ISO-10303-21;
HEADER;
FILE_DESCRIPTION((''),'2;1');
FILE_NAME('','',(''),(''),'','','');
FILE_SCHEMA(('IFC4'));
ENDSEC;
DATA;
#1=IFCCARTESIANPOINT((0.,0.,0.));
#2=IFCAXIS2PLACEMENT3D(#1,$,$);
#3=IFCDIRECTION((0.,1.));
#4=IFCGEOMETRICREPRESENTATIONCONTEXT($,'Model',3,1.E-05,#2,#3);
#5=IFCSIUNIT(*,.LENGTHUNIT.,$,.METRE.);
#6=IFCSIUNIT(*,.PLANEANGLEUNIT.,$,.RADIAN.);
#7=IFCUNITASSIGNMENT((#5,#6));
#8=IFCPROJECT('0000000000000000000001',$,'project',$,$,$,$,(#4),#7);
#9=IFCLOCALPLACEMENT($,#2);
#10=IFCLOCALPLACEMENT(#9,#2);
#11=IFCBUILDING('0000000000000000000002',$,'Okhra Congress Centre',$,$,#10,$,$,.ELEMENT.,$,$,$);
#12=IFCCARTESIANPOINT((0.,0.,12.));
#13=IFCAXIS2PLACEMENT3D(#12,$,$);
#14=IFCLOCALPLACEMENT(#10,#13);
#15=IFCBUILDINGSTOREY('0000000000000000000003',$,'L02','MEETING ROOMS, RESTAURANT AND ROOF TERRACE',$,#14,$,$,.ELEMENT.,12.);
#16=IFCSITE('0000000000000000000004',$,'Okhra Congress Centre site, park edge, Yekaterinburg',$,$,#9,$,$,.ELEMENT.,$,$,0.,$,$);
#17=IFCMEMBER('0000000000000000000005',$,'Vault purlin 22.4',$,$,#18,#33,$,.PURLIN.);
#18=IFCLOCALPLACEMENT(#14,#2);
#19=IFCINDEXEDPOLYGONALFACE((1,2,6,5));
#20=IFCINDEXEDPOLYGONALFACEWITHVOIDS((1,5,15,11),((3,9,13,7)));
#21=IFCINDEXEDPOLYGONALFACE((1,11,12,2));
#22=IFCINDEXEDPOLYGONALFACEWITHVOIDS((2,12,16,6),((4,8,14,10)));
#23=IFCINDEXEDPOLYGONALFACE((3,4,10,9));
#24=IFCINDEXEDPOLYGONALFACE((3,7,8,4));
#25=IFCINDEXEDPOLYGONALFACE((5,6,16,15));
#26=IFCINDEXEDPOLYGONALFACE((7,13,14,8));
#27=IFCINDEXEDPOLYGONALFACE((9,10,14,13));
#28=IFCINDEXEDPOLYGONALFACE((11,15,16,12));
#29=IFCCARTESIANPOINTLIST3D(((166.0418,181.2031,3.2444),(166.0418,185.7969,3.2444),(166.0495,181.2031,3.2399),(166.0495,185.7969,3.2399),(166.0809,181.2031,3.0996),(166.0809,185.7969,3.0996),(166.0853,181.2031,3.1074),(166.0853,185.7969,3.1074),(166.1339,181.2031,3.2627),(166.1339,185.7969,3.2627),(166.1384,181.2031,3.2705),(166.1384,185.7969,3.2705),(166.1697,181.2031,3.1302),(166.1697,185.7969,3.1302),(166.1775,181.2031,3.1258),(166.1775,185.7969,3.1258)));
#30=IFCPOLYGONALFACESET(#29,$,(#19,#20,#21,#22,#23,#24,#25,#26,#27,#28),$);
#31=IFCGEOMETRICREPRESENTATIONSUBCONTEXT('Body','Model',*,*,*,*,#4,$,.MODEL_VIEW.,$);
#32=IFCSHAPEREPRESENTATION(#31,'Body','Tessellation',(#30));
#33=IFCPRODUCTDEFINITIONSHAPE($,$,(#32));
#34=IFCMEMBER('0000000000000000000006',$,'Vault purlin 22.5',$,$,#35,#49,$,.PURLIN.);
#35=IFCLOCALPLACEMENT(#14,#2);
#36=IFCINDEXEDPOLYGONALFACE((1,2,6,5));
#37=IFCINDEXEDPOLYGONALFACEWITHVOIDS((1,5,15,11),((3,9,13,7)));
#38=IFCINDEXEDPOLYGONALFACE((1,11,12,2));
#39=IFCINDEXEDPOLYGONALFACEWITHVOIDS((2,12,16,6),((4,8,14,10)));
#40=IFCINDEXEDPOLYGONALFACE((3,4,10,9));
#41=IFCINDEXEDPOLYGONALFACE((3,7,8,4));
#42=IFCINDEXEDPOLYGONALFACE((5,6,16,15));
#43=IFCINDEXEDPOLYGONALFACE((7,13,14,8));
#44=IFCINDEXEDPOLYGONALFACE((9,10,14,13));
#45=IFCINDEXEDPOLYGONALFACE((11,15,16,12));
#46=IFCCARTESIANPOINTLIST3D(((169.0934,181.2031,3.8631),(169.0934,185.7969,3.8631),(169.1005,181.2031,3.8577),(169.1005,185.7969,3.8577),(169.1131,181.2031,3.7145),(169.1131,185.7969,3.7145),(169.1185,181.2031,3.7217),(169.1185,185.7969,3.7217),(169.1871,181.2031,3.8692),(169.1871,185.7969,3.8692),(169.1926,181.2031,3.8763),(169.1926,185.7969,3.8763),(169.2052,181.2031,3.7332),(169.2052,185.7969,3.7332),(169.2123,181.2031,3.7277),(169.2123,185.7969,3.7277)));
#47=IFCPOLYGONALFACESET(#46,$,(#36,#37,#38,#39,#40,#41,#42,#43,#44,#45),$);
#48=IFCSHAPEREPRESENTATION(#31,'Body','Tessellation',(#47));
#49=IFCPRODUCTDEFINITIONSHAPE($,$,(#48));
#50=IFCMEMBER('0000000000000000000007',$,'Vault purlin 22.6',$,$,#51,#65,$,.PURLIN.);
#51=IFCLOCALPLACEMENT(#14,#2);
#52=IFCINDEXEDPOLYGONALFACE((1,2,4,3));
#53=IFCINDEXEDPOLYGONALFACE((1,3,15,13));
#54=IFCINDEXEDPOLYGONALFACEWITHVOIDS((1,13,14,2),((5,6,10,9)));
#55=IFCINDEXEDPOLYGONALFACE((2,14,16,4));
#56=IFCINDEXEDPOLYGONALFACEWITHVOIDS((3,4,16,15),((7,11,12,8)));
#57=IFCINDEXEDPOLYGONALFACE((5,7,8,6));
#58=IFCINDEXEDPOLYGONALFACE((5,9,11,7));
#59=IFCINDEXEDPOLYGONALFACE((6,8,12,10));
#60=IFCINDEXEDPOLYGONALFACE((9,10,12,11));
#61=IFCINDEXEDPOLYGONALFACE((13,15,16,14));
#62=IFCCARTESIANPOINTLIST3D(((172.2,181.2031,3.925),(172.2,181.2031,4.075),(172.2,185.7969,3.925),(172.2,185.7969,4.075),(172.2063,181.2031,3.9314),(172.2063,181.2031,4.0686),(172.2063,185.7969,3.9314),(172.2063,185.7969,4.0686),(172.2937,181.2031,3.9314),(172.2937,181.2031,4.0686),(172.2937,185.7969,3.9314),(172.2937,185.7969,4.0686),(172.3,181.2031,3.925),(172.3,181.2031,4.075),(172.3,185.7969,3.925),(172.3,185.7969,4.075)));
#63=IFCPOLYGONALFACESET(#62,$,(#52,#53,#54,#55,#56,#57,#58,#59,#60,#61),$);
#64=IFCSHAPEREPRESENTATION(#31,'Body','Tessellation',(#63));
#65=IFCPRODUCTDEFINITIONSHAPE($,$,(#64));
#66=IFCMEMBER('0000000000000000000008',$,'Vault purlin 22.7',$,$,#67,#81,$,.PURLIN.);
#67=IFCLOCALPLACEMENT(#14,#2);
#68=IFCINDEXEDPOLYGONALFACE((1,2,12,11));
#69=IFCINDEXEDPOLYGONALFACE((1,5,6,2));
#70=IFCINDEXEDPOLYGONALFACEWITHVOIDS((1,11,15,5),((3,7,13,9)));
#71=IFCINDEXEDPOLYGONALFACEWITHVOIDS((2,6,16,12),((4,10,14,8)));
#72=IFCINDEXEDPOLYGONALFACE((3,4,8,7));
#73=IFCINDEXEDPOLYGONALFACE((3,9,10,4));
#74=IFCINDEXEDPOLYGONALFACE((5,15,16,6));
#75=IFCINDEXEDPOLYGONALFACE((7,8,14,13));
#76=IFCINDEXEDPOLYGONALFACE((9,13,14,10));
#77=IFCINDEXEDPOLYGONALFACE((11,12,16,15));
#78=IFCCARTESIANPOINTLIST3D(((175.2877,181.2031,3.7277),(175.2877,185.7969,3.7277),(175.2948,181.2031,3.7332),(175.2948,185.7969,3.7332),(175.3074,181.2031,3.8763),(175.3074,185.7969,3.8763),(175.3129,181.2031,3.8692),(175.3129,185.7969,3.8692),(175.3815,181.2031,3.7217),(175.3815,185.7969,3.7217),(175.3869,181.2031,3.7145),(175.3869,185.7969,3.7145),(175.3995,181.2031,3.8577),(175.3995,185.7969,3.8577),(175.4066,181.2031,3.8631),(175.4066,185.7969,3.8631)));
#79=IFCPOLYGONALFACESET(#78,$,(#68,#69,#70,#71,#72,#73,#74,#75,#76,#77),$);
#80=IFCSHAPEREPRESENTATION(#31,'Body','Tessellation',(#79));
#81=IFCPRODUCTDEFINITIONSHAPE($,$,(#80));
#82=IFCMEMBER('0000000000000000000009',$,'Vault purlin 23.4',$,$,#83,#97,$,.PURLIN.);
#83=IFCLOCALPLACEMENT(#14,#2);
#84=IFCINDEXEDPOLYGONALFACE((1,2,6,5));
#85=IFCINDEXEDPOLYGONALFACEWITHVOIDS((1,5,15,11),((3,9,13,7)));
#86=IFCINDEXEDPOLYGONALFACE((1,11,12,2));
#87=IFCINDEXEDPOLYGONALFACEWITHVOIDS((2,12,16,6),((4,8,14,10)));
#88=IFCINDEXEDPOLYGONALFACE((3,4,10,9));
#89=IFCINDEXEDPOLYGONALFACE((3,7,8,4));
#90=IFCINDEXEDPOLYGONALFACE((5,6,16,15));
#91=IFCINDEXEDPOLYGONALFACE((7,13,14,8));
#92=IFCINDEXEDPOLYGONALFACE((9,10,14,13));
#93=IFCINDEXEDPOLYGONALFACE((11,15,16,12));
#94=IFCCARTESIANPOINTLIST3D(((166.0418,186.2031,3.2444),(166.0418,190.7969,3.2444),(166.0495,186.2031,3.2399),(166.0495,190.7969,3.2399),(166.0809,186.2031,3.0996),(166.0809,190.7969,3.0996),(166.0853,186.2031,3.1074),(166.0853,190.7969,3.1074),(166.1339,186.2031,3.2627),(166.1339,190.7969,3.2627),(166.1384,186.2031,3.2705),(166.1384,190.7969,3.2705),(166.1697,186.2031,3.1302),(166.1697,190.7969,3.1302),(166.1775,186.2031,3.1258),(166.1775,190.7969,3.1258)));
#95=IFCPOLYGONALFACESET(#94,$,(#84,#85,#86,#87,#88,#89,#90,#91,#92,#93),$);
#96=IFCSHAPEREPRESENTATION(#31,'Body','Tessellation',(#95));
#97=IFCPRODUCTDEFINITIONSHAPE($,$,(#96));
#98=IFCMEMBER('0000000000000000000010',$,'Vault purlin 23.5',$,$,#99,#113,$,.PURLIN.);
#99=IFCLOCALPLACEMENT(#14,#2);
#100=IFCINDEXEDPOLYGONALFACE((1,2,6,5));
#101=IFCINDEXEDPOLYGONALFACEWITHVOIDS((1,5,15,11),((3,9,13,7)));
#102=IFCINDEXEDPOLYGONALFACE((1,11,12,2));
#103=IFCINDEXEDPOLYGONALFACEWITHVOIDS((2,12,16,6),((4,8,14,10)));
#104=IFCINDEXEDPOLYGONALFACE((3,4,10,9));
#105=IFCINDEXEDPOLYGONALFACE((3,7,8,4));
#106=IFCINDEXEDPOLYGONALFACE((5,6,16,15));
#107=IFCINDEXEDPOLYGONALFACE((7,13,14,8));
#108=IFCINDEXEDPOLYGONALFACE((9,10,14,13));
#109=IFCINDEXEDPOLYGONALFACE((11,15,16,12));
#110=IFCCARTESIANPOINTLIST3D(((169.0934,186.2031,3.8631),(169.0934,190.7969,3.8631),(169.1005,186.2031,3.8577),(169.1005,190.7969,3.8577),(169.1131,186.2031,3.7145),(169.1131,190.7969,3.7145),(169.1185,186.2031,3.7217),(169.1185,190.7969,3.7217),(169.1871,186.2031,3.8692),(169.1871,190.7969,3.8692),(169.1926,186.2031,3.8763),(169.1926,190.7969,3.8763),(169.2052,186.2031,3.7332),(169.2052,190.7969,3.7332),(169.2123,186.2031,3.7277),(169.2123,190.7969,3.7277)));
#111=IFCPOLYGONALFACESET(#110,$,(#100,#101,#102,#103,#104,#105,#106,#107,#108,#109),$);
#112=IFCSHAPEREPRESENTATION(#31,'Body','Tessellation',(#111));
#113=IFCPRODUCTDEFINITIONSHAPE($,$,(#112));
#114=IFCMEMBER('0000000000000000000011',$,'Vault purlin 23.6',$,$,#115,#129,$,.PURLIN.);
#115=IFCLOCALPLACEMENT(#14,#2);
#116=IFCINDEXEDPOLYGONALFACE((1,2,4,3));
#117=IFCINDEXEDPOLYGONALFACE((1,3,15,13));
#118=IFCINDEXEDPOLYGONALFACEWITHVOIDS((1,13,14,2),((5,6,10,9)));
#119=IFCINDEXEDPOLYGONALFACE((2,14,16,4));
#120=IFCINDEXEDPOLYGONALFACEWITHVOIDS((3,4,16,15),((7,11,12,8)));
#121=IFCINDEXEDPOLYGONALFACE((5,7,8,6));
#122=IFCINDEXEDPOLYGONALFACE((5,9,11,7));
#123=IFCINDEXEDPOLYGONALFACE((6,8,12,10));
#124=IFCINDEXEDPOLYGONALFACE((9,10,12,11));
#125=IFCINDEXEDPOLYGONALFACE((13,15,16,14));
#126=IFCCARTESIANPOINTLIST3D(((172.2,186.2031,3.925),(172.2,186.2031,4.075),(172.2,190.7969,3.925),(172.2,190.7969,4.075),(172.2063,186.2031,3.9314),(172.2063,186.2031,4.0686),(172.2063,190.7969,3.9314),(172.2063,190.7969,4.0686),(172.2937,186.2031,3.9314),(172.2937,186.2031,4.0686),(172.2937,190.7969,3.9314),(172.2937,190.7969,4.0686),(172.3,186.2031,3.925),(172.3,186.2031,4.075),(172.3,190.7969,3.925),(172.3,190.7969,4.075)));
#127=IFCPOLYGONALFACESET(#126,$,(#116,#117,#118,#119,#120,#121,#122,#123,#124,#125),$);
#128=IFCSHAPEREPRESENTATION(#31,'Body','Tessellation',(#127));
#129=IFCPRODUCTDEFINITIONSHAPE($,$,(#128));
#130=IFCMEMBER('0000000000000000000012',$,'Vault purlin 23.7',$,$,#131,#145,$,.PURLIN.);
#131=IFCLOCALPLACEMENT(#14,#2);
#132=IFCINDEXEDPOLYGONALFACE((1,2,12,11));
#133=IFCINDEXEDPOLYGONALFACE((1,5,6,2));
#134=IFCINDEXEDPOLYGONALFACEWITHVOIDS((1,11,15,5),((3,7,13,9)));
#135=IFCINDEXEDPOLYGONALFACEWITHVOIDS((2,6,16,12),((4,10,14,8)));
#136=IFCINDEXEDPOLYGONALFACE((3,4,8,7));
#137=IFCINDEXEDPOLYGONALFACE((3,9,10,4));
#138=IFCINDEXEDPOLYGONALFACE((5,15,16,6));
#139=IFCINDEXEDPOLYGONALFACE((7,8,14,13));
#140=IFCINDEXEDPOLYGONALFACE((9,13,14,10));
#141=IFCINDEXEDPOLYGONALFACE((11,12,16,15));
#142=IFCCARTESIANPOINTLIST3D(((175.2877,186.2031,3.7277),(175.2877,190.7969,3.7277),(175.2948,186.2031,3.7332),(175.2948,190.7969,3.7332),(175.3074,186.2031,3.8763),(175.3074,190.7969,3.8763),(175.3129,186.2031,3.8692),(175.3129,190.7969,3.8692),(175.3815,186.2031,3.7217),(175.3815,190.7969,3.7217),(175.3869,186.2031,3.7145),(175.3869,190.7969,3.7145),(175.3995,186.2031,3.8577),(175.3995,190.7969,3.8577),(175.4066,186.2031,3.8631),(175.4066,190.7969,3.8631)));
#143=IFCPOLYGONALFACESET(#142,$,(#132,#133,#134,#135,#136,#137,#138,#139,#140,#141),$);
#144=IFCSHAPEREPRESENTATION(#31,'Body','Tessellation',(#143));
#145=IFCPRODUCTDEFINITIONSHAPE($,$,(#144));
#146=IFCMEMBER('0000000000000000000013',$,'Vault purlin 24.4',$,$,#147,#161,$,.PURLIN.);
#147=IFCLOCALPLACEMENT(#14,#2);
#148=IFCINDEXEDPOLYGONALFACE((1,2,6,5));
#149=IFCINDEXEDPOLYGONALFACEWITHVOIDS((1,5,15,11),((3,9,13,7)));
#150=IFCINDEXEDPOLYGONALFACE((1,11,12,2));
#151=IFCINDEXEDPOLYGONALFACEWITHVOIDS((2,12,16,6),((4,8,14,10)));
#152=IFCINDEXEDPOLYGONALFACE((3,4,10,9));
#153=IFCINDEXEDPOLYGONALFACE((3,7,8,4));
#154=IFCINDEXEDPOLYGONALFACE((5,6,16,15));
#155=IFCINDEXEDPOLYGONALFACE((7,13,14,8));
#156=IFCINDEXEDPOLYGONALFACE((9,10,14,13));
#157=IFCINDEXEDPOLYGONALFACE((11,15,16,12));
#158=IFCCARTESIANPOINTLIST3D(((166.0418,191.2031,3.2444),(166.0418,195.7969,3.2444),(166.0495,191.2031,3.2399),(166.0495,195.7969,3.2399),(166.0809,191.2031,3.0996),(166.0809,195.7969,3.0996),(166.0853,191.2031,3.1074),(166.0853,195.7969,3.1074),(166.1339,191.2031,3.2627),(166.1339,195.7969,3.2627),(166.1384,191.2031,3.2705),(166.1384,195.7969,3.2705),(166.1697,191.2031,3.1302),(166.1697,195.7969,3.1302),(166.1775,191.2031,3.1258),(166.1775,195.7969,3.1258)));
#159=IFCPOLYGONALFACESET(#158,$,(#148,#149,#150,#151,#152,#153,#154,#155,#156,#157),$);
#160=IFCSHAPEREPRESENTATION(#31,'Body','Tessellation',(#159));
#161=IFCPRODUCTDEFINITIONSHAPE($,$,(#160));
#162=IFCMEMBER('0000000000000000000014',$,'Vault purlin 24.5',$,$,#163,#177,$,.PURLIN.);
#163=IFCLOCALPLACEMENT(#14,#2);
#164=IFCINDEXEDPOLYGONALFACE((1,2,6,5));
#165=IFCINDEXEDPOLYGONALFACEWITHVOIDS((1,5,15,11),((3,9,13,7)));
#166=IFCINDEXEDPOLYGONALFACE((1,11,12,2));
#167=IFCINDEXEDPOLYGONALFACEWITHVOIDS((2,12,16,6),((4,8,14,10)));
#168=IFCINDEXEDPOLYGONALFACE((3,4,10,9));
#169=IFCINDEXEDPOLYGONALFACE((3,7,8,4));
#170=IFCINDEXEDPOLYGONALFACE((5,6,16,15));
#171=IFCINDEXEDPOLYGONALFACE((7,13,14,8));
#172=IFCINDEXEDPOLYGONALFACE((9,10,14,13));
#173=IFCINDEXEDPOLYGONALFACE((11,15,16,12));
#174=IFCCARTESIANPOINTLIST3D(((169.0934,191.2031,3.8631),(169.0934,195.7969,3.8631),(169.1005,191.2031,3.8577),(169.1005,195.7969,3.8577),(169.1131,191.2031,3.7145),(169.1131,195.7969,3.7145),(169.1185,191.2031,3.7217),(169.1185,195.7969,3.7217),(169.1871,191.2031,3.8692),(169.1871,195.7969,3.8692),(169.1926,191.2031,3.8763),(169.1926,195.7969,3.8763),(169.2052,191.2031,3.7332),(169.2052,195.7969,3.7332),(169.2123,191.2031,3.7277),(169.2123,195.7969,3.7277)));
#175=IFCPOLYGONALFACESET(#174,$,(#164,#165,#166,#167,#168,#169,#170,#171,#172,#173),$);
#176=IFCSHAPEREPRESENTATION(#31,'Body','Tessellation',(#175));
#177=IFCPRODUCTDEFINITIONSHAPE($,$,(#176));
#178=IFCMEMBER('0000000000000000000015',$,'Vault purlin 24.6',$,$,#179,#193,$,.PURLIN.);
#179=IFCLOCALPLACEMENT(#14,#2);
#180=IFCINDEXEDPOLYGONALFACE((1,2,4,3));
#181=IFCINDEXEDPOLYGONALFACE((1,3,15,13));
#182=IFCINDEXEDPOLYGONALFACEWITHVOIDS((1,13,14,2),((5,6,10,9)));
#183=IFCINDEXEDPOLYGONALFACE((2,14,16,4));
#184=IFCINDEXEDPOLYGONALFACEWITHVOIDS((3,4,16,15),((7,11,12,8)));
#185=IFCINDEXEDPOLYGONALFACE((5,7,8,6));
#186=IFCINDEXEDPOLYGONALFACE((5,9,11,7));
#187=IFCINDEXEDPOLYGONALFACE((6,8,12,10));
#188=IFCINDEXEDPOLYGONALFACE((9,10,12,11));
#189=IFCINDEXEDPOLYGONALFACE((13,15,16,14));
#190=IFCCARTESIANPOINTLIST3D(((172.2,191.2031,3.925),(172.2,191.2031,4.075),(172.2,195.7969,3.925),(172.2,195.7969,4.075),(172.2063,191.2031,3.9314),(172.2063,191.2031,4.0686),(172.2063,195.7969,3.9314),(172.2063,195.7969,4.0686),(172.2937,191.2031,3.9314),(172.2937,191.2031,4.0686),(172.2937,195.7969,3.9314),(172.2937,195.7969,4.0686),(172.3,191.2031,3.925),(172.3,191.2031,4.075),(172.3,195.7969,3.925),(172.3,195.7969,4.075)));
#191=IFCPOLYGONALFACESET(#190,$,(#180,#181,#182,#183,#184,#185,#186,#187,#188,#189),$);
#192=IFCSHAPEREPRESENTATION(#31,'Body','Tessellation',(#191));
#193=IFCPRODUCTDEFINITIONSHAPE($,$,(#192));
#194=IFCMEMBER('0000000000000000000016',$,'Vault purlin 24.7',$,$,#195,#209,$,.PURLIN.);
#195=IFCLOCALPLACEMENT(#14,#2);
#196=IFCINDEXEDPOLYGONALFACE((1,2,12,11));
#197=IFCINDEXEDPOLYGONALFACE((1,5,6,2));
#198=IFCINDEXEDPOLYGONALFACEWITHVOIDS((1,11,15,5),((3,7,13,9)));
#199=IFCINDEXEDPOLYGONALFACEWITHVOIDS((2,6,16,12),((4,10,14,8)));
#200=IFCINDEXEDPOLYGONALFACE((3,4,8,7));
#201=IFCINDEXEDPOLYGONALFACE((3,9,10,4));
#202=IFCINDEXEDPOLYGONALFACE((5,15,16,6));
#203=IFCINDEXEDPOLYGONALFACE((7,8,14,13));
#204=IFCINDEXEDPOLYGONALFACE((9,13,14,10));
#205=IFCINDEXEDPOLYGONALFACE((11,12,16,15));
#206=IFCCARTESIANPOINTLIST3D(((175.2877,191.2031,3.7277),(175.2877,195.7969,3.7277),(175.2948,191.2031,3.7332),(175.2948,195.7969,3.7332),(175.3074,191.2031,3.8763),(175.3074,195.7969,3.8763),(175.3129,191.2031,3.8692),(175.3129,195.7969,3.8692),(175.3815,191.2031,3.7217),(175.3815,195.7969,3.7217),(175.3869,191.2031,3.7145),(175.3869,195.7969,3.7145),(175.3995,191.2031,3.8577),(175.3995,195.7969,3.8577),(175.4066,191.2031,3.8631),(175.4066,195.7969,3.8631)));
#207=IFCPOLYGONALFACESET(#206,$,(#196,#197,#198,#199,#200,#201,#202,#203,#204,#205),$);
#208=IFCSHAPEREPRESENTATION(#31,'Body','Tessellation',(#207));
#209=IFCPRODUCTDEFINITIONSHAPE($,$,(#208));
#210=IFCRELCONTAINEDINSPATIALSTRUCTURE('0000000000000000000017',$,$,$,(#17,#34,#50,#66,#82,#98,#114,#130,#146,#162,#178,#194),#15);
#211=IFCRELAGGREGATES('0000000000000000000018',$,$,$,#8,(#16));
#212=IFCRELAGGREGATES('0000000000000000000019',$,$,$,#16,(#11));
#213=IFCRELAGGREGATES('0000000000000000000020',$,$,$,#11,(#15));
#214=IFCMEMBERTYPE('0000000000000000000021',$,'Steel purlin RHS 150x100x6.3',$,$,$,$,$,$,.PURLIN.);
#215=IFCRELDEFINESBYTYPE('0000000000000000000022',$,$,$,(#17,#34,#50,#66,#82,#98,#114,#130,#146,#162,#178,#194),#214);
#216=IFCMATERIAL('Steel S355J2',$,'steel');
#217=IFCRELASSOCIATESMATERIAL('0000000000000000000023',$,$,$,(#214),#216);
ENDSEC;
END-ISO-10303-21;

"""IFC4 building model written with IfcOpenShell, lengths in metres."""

from ifc_helpers import new_model, si_unit, direction, frame, origin, origin_2d, place, context, subcontext, project, spatial, hollow_rectangle, extrude, material, material_profile, profile_set, type_object, element, save


model = new_model("IFC4")

# Units and contexts
model_context = context("Model", 3, precision=1e-05, world=origin(), true_north=direction((0.0, 1.0)))
body_context = subcontext(model_context, "Body", "Model", "MODEL_VIEW")
ifc_project = project(units=[si_unit("LENGTHUNIT", "METRE"), si_unit("PLANEANGLEUNIT", "RADIAN")], contexts=[model_context])

# Site, building, storey
site_placement = place(None, origin())
site = spatial("IfcSite", under=ifc_project, at=site_placement, Name="Okhra Congress Centre site, park edge, Yekaterinburg", CompositionType="ELEMENT", RefElevation=0.0)
building_placement = place(site_placement, origin())
building = spatial("IfcBuilding", under=site, at=building_placement, Name="Okhra Congress Centre", CompositionType="ELEMENT")
storey_placement = place(building_placement, frame((0.0, 0.0, 12.0)))
storey = spatial("IfcBuildingStorey", under=building, at=storey_placement, Name="L02", Description="MEETING ROOMS, RESTAURANT AND ROOF TERRACE", CompositionType="ELEMENT", Elevation=12.0)

# Members
ifc_material_1 = material(Name="Steel S355J2", Category="steel")
ifc_material_profile_1 = material_profile(ifc_material_1, hollow_rectangle(XDim=0.1001, YDim=0.1499, WallThickness=0.0063, at=origin_2d()), Name="RHS 150x100x6.3")
ifc_profile_set_1 = profile_set([ifc_material_profile_1], Name="Steel S355J2")
member_type_1 = type_object("IfcMemberType", Name="Steel purlin RHS 150x100x6.3", PredefinedType="PURLIN", material=ifc_profile_set_1)
for number, where, z_axis, x_axis, name in (
    (1, (166.1096, 181.2031, 3.1851), (0.0, 1.0, 0.0), (-0.96538, 0.0, -0.260848), "Vault purlin 22.4"),
    (2, (169.1528, 181.2031, 3.7954), (0.0, 1.0, 0.0), (-0.991307, 0.0, -0.131568), "Vault purlin 22.5"),
    (3, (172.25, 181.2031, 4.0), (0.0, 1.0, 0.0), (-1.0, 0.0, 0.0), "Vault purlin 22.6"),
    (4, (175.3472, 181.2031, 3.7954), (0.0, 1.0, 0.0), (-0.991307, 0.0, 0.131568), "Vault purlin 22.7"),
    (5, (166.1096, 186.2031, 3.1851), (0.0, 1.0, 0.0), (-0.96538, 0.0, -0.260848), "Vault purlin 23.4"),
    (6, (169.1528, 186.2031, 3.7954), (0.0, 1.0, 0.0), (-0.991307, 0.0, -0.131568), "Vault purlin 23.5"),
    (7, (172.25, 186.2031, 4.0), (0.0, 1.0, 0.0), (-1.0, 0.0, 0.0), "Vault purlin 23.6"),
    (8, (175.3472, 186.2031, 3.7954), (0.0, 1.0, 0.0), (-0.991307, 0.0, 0.131568), "Vault purlin 23.7"),
    (9, (166.1096, 191.2031, 3.1851), (0.0, 1.0, 0.0), (-0.96538, 0.0, -0.260848), "Vault purlin 24.4"),
    (10, (169.1528, 191.2031, 3.7954), (0.0, 1.0, 0.0), (-0.991307, 0.0, -0.131568), "Vault purlin 24.5"),
    (11, (172.25, 191.2031, 4.0), (0.0, 1.0, 0.0), (-1.0, 0.0, 0.0), "Vault purlin 24.6"),
    (12, (175.3472, 191.2031, 3.7954), (0.0, 1.0, 0.0), (-0.991307, 0.0, 0.131568), "Vault purlin 24.7"),
):
    element("IfcMember", number, at=place(storey_placement, frame(where, z_axis=z_axis, x_axis=x_axis)), inside=storey, type_object=member_type_1, Name=name, PredefinedType="PURLIN", context=body_context, shape_type="SweptSolid", body=[
        extrude(hollow_rectangle(XDim=0.1001, YDim=0.1499, WallThickness=0.0063, at=origin_2d()), origin(), (0.0, 0.0, 1.0), 4.5938),
    ])

save(model, "model.ifc")
